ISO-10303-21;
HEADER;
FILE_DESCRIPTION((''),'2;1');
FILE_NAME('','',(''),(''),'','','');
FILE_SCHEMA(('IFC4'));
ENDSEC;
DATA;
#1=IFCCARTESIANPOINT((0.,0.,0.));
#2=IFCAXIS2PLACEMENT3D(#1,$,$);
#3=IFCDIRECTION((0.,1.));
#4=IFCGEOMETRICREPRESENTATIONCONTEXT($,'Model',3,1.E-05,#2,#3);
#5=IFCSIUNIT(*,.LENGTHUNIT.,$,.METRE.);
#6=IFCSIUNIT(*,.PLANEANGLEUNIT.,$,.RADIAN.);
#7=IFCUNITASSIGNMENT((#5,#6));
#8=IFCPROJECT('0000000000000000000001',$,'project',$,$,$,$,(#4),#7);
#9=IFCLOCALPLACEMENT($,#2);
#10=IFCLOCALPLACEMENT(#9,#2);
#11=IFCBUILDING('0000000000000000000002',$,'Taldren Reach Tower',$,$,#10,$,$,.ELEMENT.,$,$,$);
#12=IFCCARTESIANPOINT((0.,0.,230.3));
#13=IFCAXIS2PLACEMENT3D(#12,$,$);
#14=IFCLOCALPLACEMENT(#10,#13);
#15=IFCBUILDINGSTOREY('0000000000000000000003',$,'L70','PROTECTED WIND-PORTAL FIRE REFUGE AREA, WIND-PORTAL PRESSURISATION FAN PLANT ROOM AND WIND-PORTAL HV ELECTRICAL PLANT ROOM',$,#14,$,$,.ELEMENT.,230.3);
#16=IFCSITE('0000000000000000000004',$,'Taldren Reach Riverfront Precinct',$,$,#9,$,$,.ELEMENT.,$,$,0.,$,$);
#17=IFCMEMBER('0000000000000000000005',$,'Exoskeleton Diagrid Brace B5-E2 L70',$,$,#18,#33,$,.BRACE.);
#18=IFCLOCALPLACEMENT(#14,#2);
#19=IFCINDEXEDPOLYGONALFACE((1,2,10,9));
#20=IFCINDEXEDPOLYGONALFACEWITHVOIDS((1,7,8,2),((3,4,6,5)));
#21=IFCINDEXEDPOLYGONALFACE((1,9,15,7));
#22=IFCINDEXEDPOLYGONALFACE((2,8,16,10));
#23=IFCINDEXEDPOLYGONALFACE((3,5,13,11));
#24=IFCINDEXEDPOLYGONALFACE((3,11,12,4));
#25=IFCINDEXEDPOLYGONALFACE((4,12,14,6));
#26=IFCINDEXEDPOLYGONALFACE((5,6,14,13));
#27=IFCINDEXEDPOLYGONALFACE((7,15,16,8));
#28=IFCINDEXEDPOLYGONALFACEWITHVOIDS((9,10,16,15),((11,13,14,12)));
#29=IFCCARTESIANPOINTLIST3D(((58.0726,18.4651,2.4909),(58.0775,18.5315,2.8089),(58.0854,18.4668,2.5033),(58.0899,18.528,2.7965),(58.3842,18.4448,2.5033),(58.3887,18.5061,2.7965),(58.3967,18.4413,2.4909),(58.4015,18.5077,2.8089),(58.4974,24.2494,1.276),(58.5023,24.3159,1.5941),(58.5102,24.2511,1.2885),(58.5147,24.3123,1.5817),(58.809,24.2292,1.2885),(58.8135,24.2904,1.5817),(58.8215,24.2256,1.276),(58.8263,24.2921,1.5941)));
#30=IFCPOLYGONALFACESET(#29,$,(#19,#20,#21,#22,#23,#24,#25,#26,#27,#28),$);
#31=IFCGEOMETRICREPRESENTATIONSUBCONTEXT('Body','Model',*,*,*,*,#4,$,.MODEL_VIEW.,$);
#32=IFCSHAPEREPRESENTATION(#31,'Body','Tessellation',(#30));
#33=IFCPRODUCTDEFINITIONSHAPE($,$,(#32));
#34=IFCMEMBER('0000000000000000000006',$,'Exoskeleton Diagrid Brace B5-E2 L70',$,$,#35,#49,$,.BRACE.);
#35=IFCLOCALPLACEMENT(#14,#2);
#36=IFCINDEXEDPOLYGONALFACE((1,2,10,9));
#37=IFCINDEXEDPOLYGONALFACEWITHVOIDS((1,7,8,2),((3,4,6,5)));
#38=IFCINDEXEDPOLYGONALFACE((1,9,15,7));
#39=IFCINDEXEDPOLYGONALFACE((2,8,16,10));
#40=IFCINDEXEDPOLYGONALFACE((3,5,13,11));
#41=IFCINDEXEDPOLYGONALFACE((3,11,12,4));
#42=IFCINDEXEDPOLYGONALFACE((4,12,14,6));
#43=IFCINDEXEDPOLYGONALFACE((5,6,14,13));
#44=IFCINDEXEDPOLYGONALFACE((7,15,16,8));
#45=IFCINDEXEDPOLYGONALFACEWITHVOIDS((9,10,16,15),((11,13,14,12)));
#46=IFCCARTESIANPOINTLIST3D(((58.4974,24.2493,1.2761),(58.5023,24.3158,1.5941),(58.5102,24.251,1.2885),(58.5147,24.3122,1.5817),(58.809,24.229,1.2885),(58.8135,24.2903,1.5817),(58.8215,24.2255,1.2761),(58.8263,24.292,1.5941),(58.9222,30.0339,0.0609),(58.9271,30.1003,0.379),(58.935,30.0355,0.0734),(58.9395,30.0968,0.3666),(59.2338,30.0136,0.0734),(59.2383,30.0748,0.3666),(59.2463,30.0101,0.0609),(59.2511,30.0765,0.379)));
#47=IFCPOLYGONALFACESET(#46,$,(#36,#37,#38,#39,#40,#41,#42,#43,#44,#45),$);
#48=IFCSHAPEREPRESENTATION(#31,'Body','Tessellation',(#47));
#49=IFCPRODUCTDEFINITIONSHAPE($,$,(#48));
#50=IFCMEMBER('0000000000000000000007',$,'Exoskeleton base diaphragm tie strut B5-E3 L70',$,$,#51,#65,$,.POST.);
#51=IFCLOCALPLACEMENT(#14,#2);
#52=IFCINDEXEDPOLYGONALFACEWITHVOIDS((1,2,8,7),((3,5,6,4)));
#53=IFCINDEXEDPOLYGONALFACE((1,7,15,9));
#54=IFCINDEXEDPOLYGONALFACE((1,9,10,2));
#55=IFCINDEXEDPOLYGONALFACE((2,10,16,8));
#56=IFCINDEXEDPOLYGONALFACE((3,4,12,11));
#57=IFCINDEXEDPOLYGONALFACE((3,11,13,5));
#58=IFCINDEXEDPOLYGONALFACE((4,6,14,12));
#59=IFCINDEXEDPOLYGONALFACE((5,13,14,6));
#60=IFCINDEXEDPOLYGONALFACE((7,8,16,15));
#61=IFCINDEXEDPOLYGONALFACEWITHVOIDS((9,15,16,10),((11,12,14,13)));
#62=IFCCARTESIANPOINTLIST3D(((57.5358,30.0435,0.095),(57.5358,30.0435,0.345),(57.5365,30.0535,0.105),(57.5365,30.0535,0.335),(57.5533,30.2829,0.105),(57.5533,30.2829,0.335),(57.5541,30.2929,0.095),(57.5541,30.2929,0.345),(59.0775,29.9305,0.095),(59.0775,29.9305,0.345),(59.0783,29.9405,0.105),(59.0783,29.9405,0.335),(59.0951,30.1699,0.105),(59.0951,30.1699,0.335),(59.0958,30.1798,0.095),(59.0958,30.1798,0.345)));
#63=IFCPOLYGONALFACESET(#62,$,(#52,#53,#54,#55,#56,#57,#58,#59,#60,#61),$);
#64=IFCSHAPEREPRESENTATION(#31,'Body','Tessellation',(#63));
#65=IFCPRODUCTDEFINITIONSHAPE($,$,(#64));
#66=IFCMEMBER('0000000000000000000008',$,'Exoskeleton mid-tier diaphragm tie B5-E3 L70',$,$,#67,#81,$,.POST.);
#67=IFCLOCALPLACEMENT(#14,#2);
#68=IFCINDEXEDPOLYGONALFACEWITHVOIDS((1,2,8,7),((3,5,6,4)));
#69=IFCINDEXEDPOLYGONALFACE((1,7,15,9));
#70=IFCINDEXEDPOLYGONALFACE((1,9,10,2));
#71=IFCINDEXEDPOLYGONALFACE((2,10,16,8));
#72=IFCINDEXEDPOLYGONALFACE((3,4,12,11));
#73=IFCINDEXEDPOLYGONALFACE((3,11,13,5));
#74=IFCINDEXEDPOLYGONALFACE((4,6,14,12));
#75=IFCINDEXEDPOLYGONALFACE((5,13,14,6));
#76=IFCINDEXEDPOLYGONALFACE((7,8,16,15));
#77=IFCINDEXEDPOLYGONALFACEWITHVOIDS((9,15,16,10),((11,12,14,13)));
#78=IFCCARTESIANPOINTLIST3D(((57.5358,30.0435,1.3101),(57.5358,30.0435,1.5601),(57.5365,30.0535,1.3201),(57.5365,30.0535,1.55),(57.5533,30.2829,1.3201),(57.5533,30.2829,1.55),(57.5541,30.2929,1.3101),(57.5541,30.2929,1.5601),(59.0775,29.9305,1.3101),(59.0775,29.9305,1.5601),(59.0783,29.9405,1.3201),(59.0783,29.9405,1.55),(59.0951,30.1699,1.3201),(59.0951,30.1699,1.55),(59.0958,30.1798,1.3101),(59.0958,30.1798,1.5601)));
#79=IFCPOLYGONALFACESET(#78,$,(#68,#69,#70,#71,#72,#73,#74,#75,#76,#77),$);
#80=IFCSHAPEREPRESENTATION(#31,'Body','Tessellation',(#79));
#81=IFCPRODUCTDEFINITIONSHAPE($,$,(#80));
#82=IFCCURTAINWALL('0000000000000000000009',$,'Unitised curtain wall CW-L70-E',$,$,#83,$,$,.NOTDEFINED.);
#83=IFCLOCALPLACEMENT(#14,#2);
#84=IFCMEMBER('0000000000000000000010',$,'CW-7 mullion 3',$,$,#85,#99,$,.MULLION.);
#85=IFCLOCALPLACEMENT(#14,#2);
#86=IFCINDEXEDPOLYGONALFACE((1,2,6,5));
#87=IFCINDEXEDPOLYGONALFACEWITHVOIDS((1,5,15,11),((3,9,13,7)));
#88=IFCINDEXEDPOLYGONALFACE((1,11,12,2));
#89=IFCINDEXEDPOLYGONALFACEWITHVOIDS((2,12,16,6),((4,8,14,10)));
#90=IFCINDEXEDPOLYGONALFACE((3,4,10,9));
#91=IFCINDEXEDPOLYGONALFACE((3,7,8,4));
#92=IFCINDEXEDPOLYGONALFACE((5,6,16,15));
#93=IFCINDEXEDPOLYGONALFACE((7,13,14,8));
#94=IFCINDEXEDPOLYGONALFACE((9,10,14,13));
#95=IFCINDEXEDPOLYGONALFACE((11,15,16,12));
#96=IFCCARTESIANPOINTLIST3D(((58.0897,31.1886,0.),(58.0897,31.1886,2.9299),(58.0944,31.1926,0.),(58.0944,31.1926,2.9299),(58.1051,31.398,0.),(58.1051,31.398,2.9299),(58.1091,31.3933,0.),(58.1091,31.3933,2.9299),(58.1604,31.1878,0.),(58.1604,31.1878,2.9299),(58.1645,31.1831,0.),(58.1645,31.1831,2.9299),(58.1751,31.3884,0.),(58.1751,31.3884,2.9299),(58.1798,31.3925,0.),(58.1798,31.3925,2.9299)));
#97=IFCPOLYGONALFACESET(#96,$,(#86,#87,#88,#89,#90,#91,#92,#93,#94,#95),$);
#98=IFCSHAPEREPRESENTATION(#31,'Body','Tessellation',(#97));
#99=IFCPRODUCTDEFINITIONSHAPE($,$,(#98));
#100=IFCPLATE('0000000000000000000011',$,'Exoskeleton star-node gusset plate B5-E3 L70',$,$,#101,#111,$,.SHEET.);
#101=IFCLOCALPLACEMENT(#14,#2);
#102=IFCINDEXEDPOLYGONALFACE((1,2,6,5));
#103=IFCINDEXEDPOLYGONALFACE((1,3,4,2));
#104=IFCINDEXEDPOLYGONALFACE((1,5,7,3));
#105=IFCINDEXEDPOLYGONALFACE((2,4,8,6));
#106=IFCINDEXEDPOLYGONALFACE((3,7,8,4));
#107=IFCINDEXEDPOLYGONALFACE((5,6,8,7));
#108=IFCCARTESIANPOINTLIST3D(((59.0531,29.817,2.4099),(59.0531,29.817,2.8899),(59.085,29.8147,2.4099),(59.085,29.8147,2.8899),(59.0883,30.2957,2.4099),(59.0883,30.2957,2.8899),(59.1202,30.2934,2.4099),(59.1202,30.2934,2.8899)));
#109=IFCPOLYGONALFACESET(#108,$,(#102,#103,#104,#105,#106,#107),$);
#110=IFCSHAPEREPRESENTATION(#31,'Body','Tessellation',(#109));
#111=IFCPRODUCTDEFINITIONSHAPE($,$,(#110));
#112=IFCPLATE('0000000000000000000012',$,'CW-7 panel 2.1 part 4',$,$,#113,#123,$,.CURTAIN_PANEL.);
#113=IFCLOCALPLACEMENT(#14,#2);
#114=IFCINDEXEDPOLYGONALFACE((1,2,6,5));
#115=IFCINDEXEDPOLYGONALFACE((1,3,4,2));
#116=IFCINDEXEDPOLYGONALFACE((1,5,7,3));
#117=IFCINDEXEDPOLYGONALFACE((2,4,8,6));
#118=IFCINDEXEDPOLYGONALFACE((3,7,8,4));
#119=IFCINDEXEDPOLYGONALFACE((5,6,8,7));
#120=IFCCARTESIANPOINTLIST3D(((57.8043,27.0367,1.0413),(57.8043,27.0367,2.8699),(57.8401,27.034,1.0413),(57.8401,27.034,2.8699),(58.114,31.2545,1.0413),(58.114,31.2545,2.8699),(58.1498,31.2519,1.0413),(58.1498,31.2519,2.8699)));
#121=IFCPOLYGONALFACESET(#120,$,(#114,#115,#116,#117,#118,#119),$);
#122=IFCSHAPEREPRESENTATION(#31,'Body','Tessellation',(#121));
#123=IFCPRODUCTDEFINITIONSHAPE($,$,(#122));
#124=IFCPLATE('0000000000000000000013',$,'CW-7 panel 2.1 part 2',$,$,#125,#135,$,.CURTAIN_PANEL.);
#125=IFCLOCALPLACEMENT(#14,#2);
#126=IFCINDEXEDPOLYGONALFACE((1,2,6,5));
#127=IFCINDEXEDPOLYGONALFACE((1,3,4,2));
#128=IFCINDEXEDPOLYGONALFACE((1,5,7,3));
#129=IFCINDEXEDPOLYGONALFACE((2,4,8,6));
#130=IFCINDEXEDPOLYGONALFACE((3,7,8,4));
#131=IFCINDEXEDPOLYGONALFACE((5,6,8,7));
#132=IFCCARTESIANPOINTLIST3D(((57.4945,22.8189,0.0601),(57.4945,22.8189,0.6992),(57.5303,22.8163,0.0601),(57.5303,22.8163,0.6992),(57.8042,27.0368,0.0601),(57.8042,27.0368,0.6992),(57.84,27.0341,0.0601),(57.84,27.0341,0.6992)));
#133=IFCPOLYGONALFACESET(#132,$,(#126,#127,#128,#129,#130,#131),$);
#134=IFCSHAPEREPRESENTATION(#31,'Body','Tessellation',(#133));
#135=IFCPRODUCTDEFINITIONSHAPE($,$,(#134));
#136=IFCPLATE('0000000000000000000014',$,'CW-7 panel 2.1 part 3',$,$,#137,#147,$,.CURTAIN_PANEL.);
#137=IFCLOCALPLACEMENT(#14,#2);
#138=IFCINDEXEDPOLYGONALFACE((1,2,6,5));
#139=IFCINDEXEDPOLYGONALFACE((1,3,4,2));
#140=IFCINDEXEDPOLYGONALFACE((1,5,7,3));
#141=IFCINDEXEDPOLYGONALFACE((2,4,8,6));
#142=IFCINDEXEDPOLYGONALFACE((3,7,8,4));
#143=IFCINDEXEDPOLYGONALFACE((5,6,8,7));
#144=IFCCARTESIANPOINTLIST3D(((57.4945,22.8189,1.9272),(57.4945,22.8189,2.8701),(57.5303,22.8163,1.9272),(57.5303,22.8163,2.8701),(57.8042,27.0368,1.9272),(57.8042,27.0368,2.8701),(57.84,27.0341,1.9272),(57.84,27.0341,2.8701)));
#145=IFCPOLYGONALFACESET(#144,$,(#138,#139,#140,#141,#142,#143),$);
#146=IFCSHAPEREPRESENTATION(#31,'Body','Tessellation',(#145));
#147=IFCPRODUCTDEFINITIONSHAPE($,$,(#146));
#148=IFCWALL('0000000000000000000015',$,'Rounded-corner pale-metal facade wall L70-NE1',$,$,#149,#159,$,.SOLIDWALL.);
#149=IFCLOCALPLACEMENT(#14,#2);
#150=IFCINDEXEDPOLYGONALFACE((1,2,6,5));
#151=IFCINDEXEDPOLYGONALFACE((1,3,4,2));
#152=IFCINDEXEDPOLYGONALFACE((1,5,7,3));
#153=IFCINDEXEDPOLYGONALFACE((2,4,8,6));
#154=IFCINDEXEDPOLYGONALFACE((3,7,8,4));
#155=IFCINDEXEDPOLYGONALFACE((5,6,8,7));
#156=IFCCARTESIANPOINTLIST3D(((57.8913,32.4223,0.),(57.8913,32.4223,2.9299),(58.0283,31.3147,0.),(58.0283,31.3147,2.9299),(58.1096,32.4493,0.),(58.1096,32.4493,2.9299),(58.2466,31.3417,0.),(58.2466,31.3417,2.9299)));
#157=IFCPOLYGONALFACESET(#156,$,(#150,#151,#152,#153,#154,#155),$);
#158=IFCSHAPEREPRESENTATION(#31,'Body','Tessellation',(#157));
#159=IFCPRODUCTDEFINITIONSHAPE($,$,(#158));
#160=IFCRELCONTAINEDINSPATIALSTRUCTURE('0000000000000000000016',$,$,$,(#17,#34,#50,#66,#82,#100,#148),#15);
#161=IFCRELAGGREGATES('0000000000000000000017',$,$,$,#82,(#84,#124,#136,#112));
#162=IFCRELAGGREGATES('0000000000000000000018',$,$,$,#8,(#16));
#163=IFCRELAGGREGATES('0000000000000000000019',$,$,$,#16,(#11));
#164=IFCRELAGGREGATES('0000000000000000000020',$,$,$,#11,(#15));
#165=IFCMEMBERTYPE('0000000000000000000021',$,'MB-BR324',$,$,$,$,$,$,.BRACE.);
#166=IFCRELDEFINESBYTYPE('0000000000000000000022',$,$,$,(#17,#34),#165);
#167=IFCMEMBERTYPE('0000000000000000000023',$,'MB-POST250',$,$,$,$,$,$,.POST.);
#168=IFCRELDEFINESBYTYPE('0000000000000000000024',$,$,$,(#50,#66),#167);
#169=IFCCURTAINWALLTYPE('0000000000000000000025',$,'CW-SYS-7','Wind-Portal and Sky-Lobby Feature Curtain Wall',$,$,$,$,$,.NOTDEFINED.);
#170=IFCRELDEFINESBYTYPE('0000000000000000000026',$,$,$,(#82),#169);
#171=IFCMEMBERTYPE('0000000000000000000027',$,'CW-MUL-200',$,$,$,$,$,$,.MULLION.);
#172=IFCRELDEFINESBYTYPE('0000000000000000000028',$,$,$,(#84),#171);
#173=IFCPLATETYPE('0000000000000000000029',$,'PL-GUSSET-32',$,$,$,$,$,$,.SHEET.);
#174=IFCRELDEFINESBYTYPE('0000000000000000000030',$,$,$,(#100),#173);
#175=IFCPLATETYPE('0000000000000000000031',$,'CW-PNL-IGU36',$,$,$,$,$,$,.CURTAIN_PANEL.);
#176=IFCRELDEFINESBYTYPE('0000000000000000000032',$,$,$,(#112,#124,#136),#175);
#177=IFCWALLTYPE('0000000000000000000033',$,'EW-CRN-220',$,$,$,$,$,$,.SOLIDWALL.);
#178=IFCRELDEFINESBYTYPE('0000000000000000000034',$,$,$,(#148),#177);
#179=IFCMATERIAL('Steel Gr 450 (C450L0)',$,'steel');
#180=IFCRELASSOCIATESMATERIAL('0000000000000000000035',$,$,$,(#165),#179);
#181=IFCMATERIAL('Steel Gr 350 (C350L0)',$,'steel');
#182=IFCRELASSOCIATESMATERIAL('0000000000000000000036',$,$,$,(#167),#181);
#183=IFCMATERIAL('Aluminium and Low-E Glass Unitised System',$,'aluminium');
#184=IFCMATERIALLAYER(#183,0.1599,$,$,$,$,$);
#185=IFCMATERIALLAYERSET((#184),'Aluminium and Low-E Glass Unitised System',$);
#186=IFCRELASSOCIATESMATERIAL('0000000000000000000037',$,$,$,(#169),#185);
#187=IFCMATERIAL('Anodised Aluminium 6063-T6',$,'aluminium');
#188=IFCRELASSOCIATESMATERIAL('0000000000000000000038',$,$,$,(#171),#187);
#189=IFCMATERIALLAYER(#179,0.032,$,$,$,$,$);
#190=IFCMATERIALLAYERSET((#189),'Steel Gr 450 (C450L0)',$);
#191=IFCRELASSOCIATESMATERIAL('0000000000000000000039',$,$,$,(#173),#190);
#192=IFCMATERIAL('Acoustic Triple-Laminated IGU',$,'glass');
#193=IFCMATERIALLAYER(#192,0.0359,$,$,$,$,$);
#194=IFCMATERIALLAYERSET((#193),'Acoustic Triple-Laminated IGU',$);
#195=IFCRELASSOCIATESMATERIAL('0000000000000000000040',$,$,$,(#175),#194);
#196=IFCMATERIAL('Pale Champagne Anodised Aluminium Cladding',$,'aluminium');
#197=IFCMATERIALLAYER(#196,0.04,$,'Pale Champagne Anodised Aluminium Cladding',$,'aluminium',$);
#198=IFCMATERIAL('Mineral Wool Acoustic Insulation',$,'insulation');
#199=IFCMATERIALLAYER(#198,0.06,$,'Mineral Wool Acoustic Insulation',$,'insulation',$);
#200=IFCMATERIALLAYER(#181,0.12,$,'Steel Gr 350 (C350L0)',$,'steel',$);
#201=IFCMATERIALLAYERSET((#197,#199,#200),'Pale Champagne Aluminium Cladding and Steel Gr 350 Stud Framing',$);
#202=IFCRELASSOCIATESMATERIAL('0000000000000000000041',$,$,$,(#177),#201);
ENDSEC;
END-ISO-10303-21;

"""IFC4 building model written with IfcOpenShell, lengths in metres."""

from ifc_helpers import new_model, si_unit, direction, frame, frame_2d, origin, origin_2d, place, context, subcontext, project, spatial, rectangle, hollow_rectangle, extrude, source, transform, mapped, material, layer, layer_set, material_profile, profile_set, type_object, element, aggregate, save


model = new_model("IFC4")

# Units and contexts
model_context = context("Model", 3, precision=1e-05, world=origin(), true_north=direction((0.0, 1.0)))
body_context = subcontext(model_context, "Body", "Model", "MODEL_VIEW")
ifc_project = project(units=[si_unit("LENGTHUNIT", "METRE"), si_unit("PLANEANGLEUNIT", "RADIAN")], contexts=[model_context])

# Site, building, storey
site_placement = place(None, origin())
site = spatial("IfcSite", under=ifc_project, at=site_placement, Name="Taldren Reach Riverfront Precinct", CompositionType="ELEMENT", RefElevation=0.0)
building_placement = place(site_placement, origin())
building = spatial("IfcBuilding", under=site, at=building_placement, Name="Taldren Reach Tower", CompositionType="ELEMENT")
storey_placement = place(building_placement, frame((0.0, 0.0, 230.3)))
storey = spatial("IfcBuildingStorey", under=building, at=storey_placement, Name="L70", Description="PROTECTED WIND-PORTAL FIRE REFUGE AREA, WIND-PORTAL PRESSURISATION FAN PLANT ROOM AND WIND-PORTAL HV ELECTRICAL PLANT ROOM", CompositionType="ELEMENT", Elevation=230.3)

# Shared definitions
ifc_material_1 = material(Name="Steel Gr 450 (C450L0)", Category="steel")

# Members
ifc_material_profile_1 = material_profile(ifc_material_1, hollow_rectangle(XDim=0.325, YDim=0.325, WallThickness=0.0127, at=origin_2d()), Name="325x325x12.7SHS")
ifc_profile_set_1 = profile_set([ifc_material_profile_1], Name="Steel Gr 450 (C450L0)")
member_type_1 = type_object("IfcMemberType", Name="MB-BR324", PredefinedType="BRACE", material=ifc_profile_set_1)
shared_shape_1 = source(origin(), body_context, "Body", "SweptSolid", [
    extrude(hollow_rectangle(XDim=0.325, YDim=0.325, WallThickness=0.0127, at=origin_2d()), origin(), (0.0, 0.0, 1.0), 5.9258),
])
member_1_placement = place(storey_placement, frame((58.6619, 24.2708, 1.4351), z_axis=(-0.071687, -0.976132, 0.205007), x_axis=(0.997314, -0.073242, 0.0)))
element("IfcMember", 1, at=member_1_placement, inside=storey, type_object=member_type_1, Name="Exoskeleton Diagrid Brace B5-E2 L70", PredefinedType="BRACE", context=body_context, shape_type="MappedRepresentation", body=[
    mapped(shared_shape_1, transform((0.0, 0.0, 0.0), scale=1.0)),
])
shared_shape_2 = source(origin(), body_context, "Body", "SweptSolid", [
    extrude(hollow_rectangle(XDim=0.325, YDim=0.325, WallThickness=0.0127, at=origin_2d()), origin(), (0.0, 0.0, 1.0), 5.926),
])
member_2_placement = place(storey_placement, frame((59.0867, 30.0552, 0.22), z_axis=(-0.071686, -0.976123, 0.205046), x_axis=(0.997314, -0.073242, 0.0)))
element("IfcMember", 2, at=member_2_placement, inside=storey, type_object=member_type_1, Name="Exoskeleton Diagrid Brace B5-E2 L70", PredefinedType="BRACE", context=body_context, shape_type="MappedRepresentation", body=[
    mapped(shared_shape_2, transform((0.0, 0.0, 0.0), scale=1.0)),
])
ifc_material_2 = material(Name="Steel Gr 350 (C350L0)", Category="steel")
ifc_material_profile_2 = material_profile(ifc_material_2, hollow_rectangle(XDim=0.25, YDim=0.25, WallThickness=0.01, at=origin_2d()), Name="250x250x10.0SHS")
ifc_profile_set_2 = profile_set([ifc_material_profile_2], Name="Steel Gr 350 (C350L0)")
member_type_2 = type_object("IfcMemberType", Name="MB-POST250", PredefinedType="POST", material=ifc_profile_set_2)
shared_shape_3 = source(origin(), body_context, "Body", "SweptSolid", [
    extrude(hollow_rectangle(XDim=0.25, YDim=0.25, WallThickness=0.01, at=origin_2d()), origin(), (0.0, 0.0, 1.0), 1.5459),
])
for number, where, z_axis, x_axis, name in (
    (3, (57.5449, 30.1682, 0.22), (0.997323, -0.073121, 0.0), (0.073121, 0.997323, 0.0), "Exoskeleton base diaphragm tie strut B5-E3 L70"),
    (4, (57.5449, 30.1682, 1.4351), (0.997323, -0.073121, 0.0), (0.073121, 0.997323, 0.0), "Exoskeleton mid-tier diaphragm tie B5-E3 L70"),
):
    element("IfcMember", number, at=place(storey_placement, frame(where, z_axis=z_axis, x_axis=x_axis)), inside=storey, type_object=member_type_2, Name=name, PredefinedType="POST", context=body_context, shape_type="MappedRepresentation", body=[
        mapped(shared_shape_3, transform((0.0, 0.0, 0.0), scale=1.0)),
    ])

# Curtain wall, member
ifc_material_3 = material(Name="Aluminium and Low-E Glass Unitised System", Category="aluminium")
ifc_layer_1 = layer(ifc_material_3, 0.1599)
ifc_layer_set_1 = layer_set([ifc_layer_1], Name="Aluminium and Low-E Glass Unitised System")
curtain_wall_type = type_object("IfcCurtainWallType", Name="CW-SYS-7", Description="Wind-Portal and Sky-Lobby Feature Curtain Wall", PredefinedType="NOTDEFINED", material=ifc_layer_set_1)
curtain_wall_placement = place(storey_placement, origin())
curtain_wall = element("IfcCurtainWall", 5, at=curtain_wall_placement, inside=storey, type_object=curtain_wall_type, Name="Unitised curtain wall CW-L70-E", PredefinedType="NOTDEFINED")
ifc_material_4 = material(Name="Anodised Aluminium 6063-T6", Category="aluminium")
ifc_material_profile_3 = material_profile(ifc_material_4, hollow_rectangle(XDim=0.075, YDim=0.21, WallThickness=0.0044, at=origin_2d()), Name="ALU-210x75x4.5RHS")
ifc_profile_set_3 = profile_set([ifc_material_profile_3], Name="Anodised Aluminium 6063-T6")
member_type_3 = type_object("IfcMemberType", Name="CW-MUL-200", PredefinedType="MULLION", material=ifc_profile_set_3)
shared_shape_4 = source(origin(), body_context, "Body", "SweptSolid", [
    extrude(hollow_rectangle(XDim=0.075, YDim=0.21, WallThickness=0.0044, at=origin_2d()), origin(), (0.0, 0.0, 1.0), 2.9299),
])
member_3_placement = place(storey_placement, frame((58.1348, 31.2905, 0.0), z_axis=(0.0, 0.0, 1.0), x_axis=(-0.997314, 0.073238, 0.0)))
member_3 = element("IfcMember", 6, at=member_3_placement, type_object=member_type_3, Name="CW-7 mullion 3", PredefinedType="MULLION", context=body_context, shape_type="MappedRepresentation", body=[
    mapped(shared_shape_4, transform((0.0, 0.0, 0.0), scale=1.0)),
])

# Plates
ifc_layer_2 = layer(ifc_material_1, 0.032)
ifc_layer_set_2 = layer_set([ifc_layer_2], Name="Steel Gr 450 (C450L0)")
plate_type_1 = type_object("IfcPlateType", Name="PL-GUSSET-32", PredefinedType="SHEET", material=ifc_layer_set_2)
shared_shape_5 = source(origin(), body_context, "Body", "SweptSolid", [
    extrude(rectangle(XDim=0.48, YDim=0.032, at=origin_2d()), origin(), (0.0, 0.0, 1.0), 0.48),
])
plate_1_placement = place(storey_placement, frame((59.0867, 30.0552, 2.4099), z_axis=(0.0, 0.0, 1.0), x_axis=(0.073238, 0.997314, 0.0)))
element("IfcPlate", 7, at=plate_1_placement, inside=storey, type_object=plate_type_1, Name="Exoskeleton star-node gusset plate B5-E3 L70", PredefinedType="SHEET", context=body_context, shape_type="MappedRepresentation", body=[
    mapped(shared_shape_5, transform((0.0, 0.0, 0.0), scale=1.0)),
])
ifc_material_5 = material(Name="Acoustic Triple-Laminated IGU", Category="glass")
ifc_layer_3 = layer(ifc_material_5, 0.0359)
ifc_layer_set_3 = layer_set([ifc_layer_3], Name="Acoustic Triple-Laminated IGU")
plate_type_2 = type_object("IfcPlateType", Name="CW-PNL-IGU36", PredefinedType="CURTAIN_PANEL", material=ifc_layer_set_3)
shared_shape_6 = source(origin(), body_context, "Body", "SweptSolid", [
    extrude(rectangle(XDim=4.2292, YDim=0.0359, at=origin_2d()), origin(), (0.0, 0.0, 1.0), 1.8286),
])
plate_2_placement = place(storey_placement, frame((57.9771, 29.1443, 1.0413), z_axis=(0.0, 0.0, 1.0), x_axis=(0.073238, 0.997314, 0.0)))
plate_2 = element("IfcPlate", 8, at=plate_2_placement, type_object=plate_type_2, Name="CW-7 panel 2.1 part 4", PredefinedType="CURTAIN_PANEL", context=body_context, shape_type="MappedRepresentation", body=[
    mapped(shared_shape_6, transform((0.0, 0.0, 0.0), scale=1.0)),
])
shared_shape_7 = source(origin(), body_context, "Body", "SweptSolid", [
    extrude(rectangle(XDim=4.2292, YDim=0.0359, at=origin_2d()), origin(), (0.0, 0.0, 1.0), 0.6392),
])
plate_3_placement = place(storey_placement, frame((57.6672, 24.9265, 0.0601), z_axis=(0.0, 0.0, 1.0), x_axis=(0.073238, 0.997314, 0.0)))
plate_3 = element("IfcPlate", 9, at=plate_3_placement, type_object=plate_type_2, Name="CW-7 panel 2.1 part 2", PredefinedType="CURTAIN_PANEL", context=body_context, shape_type="MappedRepresentation", body=[
    mapped(shared_shape_7, transform((0.0, 0.0, 0.0), scale=1.0)),
])
shared_shape_8 = source(origin(), body_context, "Body", "SweptSolid", [
    extrude(rectangle(XDim=4.2292, YDim=0.0359, at=origin_2d()), origin(), (0.0, 0.0, 1.0), 0.9429),
])
plate_4_placement = place(storey_placement, frame((57.6672, 24.9265, 1.9272), z_axis=(0.0, 0.0, 1.0), x_axis=(0.073238, 0.997314, 0.0)))
plate_4 = element("IfcPlate", 10, at=plate_4_placement, type_object=plate_type_2, Name="CW-7 panel 2.1 part 3", PredefinedType="CURTAIN_PANEL", context=body_context, shape_type="MappedRepresentation", body=[
    mapped(shared_shape_8, transform((0.0, 0.0, 0.0), scale=1.0)),
])
aggregate(curtain_wall, [member_3, plate_3, plate_4, plate_2])

# Wall
ifc_material_6 = material(Name="Pale Champagne Anodised Aluminium Cladding", Category="aluminium")
ifc_layer_4 = layer(ifc_material_6, 0.04, Name="Pale Champagne Anodised Aluminium Cladding", Category="aluminium")
ifc_material_7 = material(Name="Mineral Wool Acoustic Insulation", Category="insulation")
ifc_layer_5 = layer(ifc_material_7, 0.06, Name="Mineral Wool Acoustic Insulation", Category="insulation")
ifc_layer_6 = layer(ifc_material_2, 0.12, Name="Steel Gr 350 (C350L0)", Category="steel")
ifc_layer_set_4 = layer_set([ifc_layer_4, ifc_layer_5, ifc_layer_6], Name="Pale Champagne Aluminium Cladding and Steel Gr 350 Stud Framing")
wall_type_1 = type_object("IfcWallType", Name="EW-CRN-220", PredefinedType="SOLIDWALL", material=ifc_layer_set_4)
shared_shape_9 = source(origin(), body_context, "Body", "SweptSolid", [
    extrude(rectangle(XDim=1.116, YDim=0.22, at=frame_2d((0.5581, 0.0))), origin(), (0.0, 0.0, 1.0), 2.9299),
])
wall_1_placement = place(storey_placement, frame((58.1375, 31.3281, 0.0), z_axis=(0.0, 0.0, 1.0), x_axis=(-0.122742, 0.992439, 0.0)))
element("IfcWall", 11, at=wall_1_placement, inside=storey, type_object=wall_type_1, Name="Rounded-corner pale-metal facade wall L70-NE1", PredefinedType="SOLIDWALL", context=body_context, shape_type="MappedRepresentation", body=[
    mapped(shared_shape_9, transform((0.0, 0.0, 0.0), scale=1.0)),
])

save(model, "model.ifc")
